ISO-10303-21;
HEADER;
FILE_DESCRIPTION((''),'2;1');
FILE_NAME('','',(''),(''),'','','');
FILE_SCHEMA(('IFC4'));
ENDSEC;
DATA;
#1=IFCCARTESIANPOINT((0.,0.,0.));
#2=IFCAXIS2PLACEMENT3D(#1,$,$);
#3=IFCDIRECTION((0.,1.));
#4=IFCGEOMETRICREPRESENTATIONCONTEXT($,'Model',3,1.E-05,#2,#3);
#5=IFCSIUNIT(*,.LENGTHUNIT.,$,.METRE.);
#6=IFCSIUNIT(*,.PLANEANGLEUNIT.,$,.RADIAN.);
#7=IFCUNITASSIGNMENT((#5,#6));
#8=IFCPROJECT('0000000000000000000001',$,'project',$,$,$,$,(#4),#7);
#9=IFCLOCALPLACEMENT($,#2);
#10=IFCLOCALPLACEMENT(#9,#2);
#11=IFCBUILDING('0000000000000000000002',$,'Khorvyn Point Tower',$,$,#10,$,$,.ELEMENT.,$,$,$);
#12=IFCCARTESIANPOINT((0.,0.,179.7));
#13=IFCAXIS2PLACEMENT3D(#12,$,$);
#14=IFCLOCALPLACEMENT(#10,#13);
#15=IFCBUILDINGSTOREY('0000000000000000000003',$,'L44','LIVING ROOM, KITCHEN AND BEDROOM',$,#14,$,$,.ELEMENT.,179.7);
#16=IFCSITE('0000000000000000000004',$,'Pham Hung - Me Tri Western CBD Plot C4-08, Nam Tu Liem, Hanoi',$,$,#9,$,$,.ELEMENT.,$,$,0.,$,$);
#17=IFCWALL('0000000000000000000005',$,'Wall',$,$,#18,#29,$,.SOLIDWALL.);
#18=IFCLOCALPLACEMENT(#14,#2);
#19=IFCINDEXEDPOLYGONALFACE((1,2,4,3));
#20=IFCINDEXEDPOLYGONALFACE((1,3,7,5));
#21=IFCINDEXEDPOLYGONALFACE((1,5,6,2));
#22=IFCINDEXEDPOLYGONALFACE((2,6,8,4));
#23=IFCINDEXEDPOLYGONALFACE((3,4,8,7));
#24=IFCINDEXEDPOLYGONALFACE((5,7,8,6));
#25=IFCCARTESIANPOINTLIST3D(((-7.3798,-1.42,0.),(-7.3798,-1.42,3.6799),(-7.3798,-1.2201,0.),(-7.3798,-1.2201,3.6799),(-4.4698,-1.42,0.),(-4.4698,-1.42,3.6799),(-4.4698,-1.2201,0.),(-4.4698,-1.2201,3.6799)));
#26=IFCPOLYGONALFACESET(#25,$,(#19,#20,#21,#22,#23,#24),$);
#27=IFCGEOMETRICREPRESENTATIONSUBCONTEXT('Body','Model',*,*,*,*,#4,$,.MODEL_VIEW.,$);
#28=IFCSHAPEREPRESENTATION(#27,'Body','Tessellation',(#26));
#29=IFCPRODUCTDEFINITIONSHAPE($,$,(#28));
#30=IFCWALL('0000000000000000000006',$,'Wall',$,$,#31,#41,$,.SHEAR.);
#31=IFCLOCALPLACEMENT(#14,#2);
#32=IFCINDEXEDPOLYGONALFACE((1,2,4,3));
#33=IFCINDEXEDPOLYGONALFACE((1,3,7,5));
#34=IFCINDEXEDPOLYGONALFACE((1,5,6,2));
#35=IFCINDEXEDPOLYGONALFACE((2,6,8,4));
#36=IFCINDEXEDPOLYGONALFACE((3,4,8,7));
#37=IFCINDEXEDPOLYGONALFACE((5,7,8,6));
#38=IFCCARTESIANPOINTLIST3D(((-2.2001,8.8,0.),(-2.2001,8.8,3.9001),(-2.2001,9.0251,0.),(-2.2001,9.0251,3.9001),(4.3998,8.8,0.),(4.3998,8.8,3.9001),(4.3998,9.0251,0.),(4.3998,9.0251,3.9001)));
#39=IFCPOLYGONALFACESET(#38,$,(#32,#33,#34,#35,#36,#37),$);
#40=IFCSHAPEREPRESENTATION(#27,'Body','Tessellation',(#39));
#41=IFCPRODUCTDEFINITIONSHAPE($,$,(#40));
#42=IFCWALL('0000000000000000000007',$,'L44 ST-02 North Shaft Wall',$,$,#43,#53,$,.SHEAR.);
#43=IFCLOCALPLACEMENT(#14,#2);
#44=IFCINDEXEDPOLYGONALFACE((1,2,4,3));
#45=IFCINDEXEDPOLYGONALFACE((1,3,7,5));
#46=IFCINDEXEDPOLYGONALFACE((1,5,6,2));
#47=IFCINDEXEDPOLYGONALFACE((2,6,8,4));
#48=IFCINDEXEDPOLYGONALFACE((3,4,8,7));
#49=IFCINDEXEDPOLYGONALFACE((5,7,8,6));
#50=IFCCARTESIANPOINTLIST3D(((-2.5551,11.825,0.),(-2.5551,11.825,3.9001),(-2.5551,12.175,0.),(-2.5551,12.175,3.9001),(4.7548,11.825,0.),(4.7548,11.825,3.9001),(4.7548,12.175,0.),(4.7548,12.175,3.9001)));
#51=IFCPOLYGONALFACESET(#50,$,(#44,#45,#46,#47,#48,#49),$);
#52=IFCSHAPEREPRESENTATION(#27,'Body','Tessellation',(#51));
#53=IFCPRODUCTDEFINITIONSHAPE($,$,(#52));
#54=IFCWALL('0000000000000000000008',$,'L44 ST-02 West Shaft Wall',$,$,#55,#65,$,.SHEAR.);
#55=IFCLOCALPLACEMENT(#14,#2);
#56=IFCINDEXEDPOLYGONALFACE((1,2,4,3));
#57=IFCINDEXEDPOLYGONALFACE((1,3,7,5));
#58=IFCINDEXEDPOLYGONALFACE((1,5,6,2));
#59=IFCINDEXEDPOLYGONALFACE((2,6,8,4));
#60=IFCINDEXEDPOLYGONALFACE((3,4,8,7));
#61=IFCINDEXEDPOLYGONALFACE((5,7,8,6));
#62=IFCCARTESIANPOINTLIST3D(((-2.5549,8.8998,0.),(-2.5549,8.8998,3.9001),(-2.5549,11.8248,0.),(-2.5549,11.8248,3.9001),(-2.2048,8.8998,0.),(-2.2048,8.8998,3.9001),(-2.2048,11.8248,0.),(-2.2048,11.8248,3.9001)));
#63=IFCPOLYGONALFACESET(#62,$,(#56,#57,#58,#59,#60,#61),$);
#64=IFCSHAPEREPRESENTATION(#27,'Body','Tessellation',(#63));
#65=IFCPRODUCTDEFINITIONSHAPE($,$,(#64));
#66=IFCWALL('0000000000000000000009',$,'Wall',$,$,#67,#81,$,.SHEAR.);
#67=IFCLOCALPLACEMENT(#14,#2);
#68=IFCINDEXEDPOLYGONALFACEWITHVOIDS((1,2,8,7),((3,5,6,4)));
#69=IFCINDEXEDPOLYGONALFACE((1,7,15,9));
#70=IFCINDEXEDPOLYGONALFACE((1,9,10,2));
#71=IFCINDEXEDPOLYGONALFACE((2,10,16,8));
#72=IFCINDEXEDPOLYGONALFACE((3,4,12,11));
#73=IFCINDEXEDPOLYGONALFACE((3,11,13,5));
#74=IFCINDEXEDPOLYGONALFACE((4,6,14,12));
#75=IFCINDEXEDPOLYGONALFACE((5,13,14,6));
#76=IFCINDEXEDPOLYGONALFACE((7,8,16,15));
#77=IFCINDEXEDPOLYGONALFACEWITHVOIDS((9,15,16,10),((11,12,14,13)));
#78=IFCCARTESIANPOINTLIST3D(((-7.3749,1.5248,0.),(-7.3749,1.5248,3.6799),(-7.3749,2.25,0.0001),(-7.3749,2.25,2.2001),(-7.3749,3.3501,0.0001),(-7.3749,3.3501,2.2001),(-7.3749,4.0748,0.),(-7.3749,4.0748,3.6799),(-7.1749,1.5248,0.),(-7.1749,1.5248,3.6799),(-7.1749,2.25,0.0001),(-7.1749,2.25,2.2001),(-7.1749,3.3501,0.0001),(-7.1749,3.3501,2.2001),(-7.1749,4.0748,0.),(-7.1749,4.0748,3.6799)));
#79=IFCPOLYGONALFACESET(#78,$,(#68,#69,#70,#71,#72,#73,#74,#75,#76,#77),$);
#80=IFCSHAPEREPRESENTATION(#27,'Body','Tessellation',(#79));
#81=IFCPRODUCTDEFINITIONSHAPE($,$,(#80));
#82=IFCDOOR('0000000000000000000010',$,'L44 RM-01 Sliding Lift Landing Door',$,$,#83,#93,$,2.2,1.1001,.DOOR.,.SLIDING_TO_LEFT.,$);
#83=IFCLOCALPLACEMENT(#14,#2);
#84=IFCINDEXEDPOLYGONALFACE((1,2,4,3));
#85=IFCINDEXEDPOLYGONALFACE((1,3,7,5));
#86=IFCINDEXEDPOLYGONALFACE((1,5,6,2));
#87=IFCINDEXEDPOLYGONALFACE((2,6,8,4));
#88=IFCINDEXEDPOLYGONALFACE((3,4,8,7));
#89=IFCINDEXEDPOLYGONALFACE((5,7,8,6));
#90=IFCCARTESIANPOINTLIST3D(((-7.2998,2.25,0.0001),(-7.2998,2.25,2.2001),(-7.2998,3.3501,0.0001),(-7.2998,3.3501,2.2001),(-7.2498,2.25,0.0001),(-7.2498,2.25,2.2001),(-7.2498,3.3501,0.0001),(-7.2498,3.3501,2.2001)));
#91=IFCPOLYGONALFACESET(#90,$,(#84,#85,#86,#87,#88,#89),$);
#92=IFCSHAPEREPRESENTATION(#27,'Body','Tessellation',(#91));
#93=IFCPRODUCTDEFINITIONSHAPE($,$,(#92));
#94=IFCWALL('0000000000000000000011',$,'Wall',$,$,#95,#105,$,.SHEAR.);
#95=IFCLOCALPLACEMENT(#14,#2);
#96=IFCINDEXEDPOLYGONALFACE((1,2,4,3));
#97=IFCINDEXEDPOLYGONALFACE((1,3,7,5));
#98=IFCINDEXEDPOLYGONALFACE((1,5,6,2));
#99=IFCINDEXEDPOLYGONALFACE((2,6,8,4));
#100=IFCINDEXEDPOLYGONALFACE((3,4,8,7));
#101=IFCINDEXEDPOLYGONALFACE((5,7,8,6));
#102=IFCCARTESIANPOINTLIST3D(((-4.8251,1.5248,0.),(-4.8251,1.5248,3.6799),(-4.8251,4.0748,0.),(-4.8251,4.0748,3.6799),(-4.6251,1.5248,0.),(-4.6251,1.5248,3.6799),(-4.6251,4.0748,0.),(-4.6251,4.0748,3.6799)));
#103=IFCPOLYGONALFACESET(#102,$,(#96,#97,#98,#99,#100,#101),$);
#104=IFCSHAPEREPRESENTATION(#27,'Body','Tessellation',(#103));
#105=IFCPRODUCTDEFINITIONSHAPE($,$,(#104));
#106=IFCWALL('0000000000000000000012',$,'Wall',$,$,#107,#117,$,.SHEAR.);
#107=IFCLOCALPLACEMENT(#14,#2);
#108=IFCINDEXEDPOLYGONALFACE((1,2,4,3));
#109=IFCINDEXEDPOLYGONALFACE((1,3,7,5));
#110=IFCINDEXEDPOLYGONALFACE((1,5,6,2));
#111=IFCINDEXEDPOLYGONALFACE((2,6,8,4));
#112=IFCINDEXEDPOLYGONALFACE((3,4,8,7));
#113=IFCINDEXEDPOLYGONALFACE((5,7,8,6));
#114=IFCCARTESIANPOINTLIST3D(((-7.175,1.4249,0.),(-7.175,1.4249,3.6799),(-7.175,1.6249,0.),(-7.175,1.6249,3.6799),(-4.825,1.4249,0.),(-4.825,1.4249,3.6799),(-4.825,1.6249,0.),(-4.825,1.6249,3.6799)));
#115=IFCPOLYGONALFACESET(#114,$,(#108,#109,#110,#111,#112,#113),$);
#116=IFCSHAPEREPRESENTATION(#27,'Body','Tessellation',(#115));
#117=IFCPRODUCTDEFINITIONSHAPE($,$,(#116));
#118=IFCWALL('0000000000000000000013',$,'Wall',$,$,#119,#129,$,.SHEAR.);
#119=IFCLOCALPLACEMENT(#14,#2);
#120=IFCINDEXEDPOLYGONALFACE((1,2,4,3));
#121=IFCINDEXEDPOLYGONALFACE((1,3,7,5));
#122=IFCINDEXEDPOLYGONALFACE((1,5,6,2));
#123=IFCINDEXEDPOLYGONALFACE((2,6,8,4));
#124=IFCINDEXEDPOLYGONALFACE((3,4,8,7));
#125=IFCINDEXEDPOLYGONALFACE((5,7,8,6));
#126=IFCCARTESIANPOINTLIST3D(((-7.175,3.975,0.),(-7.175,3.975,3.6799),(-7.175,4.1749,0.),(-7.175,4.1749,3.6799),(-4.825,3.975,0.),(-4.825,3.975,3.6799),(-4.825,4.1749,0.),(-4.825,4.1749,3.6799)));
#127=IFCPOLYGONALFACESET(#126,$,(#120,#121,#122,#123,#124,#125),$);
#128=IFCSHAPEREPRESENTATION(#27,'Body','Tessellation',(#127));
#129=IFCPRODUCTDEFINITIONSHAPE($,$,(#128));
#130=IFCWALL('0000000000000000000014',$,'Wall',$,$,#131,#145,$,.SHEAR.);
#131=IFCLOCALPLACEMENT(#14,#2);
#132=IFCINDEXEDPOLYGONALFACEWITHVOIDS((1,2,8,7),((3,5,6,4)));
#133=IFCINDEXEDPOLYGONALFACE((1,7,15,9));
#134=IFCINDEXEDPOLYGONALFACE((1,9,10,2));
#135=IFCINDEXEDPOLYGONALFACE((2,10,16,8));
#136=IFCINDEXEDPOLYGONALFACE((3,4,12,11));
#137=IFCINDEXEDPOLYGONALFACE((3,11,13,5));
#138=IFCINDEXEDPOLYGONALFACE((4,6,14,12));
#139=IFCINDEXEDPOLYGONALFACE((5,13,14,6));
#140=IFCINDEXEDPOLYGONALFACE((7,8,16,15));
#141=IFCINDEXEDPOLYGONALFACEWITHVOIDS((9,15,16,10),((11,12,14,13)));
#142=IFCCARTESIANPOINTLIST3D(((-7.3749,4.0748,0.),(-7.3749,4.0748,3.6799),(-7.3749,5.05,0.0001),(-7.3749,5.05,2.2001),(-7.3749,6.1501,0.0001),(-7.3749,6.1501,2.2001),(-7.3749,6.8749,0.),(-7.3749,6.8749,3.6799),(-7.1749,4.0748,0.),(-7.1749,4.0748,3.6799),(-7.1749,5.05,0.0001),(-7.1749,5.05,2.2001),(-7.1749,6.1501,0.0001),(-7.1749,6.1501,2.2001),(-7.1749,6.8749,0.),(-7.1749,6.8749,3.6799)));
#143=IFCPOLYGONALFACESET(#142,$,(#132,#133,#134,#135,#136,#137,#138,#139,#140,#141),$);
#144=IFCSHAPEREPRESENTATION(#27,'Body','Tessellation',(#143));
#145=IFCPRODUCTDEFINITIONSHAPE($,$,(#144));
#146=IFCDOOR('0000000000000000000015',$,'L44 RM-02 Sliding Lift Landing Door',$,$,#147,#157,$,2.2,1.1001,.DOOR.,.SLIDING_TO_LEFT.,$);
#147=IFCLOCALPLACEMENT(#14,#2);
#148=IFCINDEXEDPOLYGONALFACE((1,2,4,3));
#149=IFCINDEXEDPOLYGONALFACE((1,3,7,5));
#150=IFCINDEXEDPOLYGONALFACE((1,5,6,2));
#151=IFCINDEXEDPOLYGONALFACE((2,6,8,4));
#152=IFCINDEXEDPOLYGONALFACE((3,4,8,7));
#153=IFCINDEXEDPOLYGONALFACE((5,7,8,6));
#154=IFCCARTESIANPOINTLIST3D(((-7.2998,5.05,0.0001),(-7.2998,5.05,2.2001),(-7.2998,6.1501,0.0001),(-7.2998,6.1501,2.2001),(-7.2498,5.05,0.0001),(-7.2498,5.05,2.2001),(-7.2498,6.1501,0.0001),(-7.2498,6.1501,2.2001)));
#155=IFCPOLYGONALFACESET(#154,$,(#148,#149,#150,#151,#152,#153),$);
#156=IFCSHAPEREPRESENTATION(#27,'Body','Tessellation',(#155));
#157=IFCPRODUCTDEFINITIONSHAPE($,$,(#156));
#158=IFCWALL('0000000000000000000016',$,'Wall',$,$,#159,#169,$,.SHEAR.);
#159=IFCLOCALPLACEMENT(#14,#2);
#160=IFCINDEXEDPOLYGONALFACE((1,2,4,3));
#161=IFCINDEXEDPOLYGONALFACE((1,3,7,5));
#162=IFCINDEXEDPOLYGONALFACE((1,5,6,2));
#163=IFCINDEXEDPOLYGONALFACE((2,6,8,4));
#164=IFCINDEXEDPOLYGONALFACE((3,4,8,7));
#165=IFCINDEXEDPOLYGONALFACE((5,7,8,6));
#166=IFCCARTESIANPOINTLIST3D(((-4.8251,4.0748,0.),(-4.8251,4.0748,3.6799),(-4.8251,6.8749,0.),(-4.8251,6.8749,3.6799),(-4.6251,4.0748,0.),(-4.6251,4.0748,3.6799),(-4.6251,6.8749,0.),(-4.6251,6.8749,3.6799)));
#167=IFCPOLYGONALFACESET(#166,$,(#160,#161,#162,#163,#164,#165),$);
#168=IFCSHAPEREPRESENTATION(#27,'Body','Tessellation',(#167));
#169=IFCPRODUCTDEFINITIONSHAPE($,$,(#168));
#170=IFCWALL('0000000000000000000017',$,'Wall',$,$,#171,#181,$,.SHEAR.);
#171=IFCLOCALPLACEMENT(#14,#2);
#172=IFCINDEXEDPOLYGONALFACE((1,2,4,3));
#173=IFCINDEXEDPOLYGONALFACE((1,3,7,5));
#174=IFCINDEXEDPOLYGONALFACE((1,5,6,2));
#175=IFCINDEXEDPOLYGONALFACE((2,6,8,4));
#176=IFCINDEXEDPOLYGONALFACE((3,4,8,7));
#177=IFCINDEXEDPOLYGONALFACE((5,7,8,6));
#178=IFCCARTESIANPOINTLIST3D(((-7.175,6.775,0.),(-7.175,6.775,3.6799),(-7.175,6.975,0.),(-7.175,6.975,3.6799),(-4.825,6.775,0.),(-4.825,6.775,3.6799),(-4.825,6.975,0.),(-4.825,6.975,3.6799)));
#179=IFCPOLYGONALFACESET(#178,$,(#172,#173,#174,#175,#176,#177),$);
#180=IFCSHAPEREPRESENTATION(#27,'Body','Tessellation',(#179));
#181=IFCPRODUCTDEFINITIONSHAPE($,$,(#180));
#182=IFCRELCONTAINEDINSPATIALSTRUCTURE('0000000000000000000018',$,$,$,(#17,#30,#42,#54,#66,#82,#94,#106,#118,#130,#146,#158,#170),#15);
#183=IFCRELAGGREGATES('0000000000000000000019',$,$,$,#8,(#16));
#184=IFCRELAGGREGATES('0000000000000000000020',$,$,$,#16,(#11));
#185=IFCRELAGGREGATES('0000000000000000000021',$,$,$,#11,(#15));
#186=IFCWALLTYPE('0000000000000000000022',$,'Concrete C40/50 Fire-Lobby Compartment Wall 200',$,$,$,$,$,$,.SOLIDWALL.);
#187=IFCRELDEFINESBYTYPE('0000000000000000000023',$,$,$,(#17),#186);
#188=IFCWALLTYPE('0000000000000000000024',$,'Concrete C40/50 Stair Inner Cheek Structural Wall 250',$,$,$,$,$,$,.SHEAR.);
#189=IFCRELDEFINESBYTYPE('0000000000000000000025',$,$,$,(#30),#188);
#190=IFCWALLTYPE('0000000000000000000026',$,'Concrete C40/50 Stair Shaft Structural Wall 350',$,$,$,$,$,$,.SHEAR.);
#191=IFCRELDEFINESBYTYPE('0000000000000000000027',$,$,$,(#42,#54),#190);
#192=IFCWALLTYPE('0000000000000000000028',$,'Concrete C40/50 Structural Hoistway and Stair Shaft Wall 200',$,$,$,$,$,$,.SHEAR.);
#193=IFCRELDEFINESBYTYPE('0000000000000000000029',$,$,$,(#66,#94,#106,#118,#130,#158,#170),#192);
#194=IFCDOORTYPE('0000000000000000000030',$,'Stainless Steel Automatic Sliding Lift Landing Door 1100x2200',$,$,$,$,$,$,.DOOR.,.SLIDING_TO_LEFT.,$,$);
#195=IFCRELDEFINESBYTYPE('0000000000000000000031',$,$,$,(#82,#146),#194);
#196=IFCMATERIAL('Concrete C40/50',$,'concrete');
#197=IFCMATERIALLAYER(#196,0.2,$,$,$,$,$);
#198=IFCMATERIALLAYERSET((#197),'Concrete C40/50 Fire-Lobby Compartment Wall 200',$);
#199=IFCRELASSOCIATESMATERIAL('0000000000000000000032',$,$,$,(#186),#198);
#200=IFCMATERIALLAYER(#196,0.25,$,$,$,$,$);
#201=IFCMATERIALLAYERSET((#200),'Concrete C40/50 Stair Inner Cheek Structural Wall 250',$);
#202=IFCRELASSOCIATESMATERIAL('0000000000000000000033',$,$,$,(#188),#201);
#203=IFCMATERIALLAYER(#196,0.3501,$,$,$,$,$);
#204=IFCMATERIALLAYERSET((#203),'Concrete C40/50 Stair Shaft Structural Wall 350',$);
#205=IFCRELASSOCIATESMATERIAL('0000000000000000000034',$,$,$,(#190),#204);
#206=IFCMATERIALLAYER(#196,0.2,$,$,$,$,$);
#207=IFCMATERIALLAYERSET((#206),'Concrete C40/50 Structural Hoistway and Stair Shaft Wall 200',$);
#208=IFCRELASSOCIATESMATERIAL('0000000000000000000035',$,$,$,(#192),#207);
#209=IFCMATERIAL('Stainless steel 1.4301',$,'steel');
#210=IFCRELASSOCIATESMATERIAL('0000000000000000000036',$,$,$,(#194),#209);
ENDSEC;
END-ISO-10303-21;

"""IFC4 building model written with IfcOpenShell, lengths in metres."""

from ifc_helpers import new_model, si_unit, direction, frame, frame_2d, origin, place, context, subcontext, project, spatial, rectangle, extrude, material, layer, layer_set, type_object, element, fill, save


model = new_model("IFC4")

# Units and contexts
model_context = context("Model", 3, precision=1e-05, world=origin(), true_north=direction((0.0, 1.0)))
body_context = subcontext(model_context, "Body", "Model", "MODEL_VIEW")
ifc_project = project(units=[si_unit("LENGTHUNIT", "METRE"), si_unit("PLANEANGLEUNIT", "RADIAN")], contexts=[model_context])

# Site, building, storey
site_placement = place(None, origin())
site = spatial("IfcSite", under=ifc_project, at=site_placement, Name="Pham Hung - Me Tri Western CBD Plot C4-08, Nam Tu Liem, Hanoi", CompositionType="ELEMENT", RefElevation=0.0)
building_placement = place(site_placement, origin())
building = spatial("IfcBuilding", under=site, at=building_placement, Name="Khorvyn Point Tower", CompositionType="ELEMENT")
storey_placement = place(building_placement, frame((0.0, 0.0, 179.7)))
storey = spatial("IfcBuildingStorey", under=building, at=storey_placement, Name="L44", Description="LIVING ROOM, KITCHEN AND BEDROOM", CompositionType="ELEMENT", Elevation=179.7)

# Shared definitions
ifc_material_1 = material(Name="Concrete C40/50", Category="concrete")

# Shared definitions
ifc_layer_1 = layer(ifc_material_1, 0.2)
ifc_layer_set_1 = layer_set([ifc_layer_1], Name="Concrete C40/50 Fire-Lobby Compartment Wall 200")
wall_type_1 = type_object("IfcWallType", Name="Concrete C40/50 Fire-Lobby Compartment Wall 200", PredefinedType="SOLIDWALL", material=ifc_layer_set_1)

# Walls
wall_1_placement = place(storey_placement, frame((-7.3799, -1.3201, 0.0), z_axis=(0.0, 0.0, 1.0), x_axis=(1.0, 0.0, 0.0)))
element("IfcWall", 1, at=wall_1_placement, inside=storey, type_object=wall_type_1, Name="Wall", PredefinedType="SOLIDWALL", context=body_context, shape_type="SweptSolid", body=[
    extrude(rectangle(XDim=2.9099, YDim=0.2, at=frame_2d((1.4551, 0.0))), origin(), (0.0, 0.0, 1.0), 3.6799),
])
ifc_layer_2 = layer(ifc_material_1, 0.25)
ifc_layer_set_2 = layer_set([ifc_layer_2], Name="Concrete C40/50 Stair Inner Cheek Structural Wall 250")
wall_type_2 = type_object("IfcWallType", Name="Concrete C40/50 Stair Inner Cheek Structural Wall 250", PredefinedType="SHEAR", material=ifc_layer_set_2)
wall_2_placement = place(storey_placement, frame((-2.2, 8.9126, 0.0), z_axis=(0.0, 0.0, 1.0), x_axis=(1.0, 0.0, 0.0)))
element("IfcWall", 2, at=wall_2_placement, inside=storey, type_object=wall_type_2, Name="Wall", PredefinedType="SHEAR", context=body_context, shape_type="SweptSolid", body=[
    extrude(rectangle(XDim=6.5999, YDim=0.2251, at=frame_2d((3.2998, 0.0))), origin(), (0.0, 0.0, 1.0), 3.9001),
])
ifc_layer_3 = layer(ifc_material_1, 0.3501)
ifc_layer_set_3 = layer_set([ifc_layer_3], Name="Concrete C40/50 Stair Shaft Structural Wall 350")
wall_type_3 = type_object("IfcWallType", Name="Concrete C40/50 Stair Shaft Structural Wall 350", PredefinedType="SHEAR", material=ifc_layer_set_3)
wall_3_placement = place(storey_placement, frame((-2.5549, 12.0, 0.0), z_axis=(0.0, 0.0, 1.0), x_axis=(1.0, 0.0, 0.0)))
element("IfcWall", 3, at=wall_3_placement, inside=storey, type_object=wall_type_3, Name="L44 ST-02 North Shaft Wall", PredefinedType="SHEAR", context=body_context, shape_type="SweptSolid", body=[
    extrude(rectangle(XDim=7.3098, YDim=0.3501, at=frame_2d((3.6548, 0.0))), origin(), (0.0, 0.0, 1.0), 3.9001),
])
wall_4_placement = place(storey_placement, frame((-2.3799, 8.8999, 0.0), z_axis=(0.0, 0.0, 1.0), x_axis=(0.0, 1.0, 0.0)))
element("IfcWall", 4, at=wall_4_placement, inside=storey, type_object=wall_type_3, Name="L44 ST-02 West Shaft Wall", PredefinedType="SHEAR", context=body_context, shape_type="SweptSolid", body=[
    extrude(rectangle(XDim=2.925, YDim=0.3501, at=frame_2d((1.4624, 0.0))), origin(), (0.0, 0.0, 1.0), 3.9001),
])

# Wall, opening, door
ifc_layer_4 = layer(ifc_material_1, 0.2)
ifc_layer_set_4 = layer_set([ifc_layer_4], Name="Concrete C40/50 Structural Hoistway and Stair Shaft Wall 200")
wall_type_4 = type_object("IfcWallType", Name="Concrete C40/50 Structural Hoistway and Stair Shaft Wall 200", PredefinedType="SHEAR", material=ifc_layer_set_4)
wall_5_placement = place(storey_placement, frame((-7.2749, 1.5249, 0.0), z_axis=(0.0, 0.0, 1.0), x_axis=(0.0, 1.0, 0.0)))
wall_5 = element("IfcWall", 5, at=wall_5_placement, inside=storey, type_object=wall_type_4, Name="Wall", PredefinedType="SHEAR", context=body_context, shape_type="SweptSolid", body=[
    extrude(rectangle(XDim=2.55, YDim=0.2, at=frame_2d((1.2749, 0.0))), origin(), (0.0, 0.0, 1.0), 3.6799),
])
opening_1_placement = place(wall_5_placement, frame((0.7251, 0.0, 0.0)))
opening_1 = element("IfcOpeningElement", 6, at=opening_1_placement, cuts=wall_5, PredefinedType="OPENING", context=body_context, shape_type="SweptSolid", body=[
    extrude(rectangle(XDim=1.1001, YDim=2.2, at=frame_2d((0.55, 1.1001))), frame((0.0, 0.1099, 0.0), z_axis=(0.0, -1.0, 0.0), x_axis=(1.0, 0.0, 0.0)), (0.0, 0.0, 1.0), 0.22),
])
ifc_material_2 = material(Name="Stainless steel 1.4301", Category="steel")
door_type_1 = type_object("IfcDoorType", Name="Stainless Steel Automatic Sliding Lift Landing Door 1100x2200", OperationType="SLIDING_TO_LEFT", PredefinedType="DOOR", material=ifc_material_2)
door_1_placement = place(opening_1_placement, origin())
door_1 = element("IfcDoor", 7, at=door_1_placement, inside=storey, type_object=door_type_1, Name="L44 RM-01 Sliding Lift Landing Door", OperationType="SLIDING_TO_LEFT", OverallHeight=2.2, OverallWidth=1.1001, PredefinedType="DOOR", context=body_context, shape_type="SweptSolid", body=[
    extrude(rectangle(XDim=1.1001, YDim=2.2, at=frame_2d((0.55, 1.1001))), frame((0.0, 0.0249, 0.0), z_axis=(0.0, -1.0, 0.0), x_axis=(1.0, 0.0, 0.0)), (0.0, 0.0, 1.0), 0.05),
])
fill(opening_1, door_1)

# Walls
wall_6_placement = place(storey_placement, frame((-4.7251, 1.5249, 0.0), z_axis=(0.0, 0.0, 1.0), x_axis=(0.0, 1.0, 0.0)))
element("IfcWall", 8, at=wall_6_placement, inside=storey, type_object=wall_type_4, Name="Wall", PredefinedType="SHEAR", context=body_context, shape_type="SweptSolid", body=[
    extrude(rectangle(XDim=2.55, YDim=0.2, at=frame_2d((1.2749, 0.0))), origin(), (0.0, 0.0, 1.0), 3.6799),
])
for number, where, z_axis, x_axis, name in (
    (9, (-7.175, 1.5249, 0.0), (0.0, 0.0, 1.0), (1.0, 0.0, 0.0), "Wall"),
    (10, (-7.175, 4.075, 0.0), (0.0, 0.0, 1.0), (1.0, 0.0, 0.0), "Wall"),
):
    element("IfcWall", number, at=place(storey_placement, frame(where, z_axis=z_axis, x_axis=x_axis)), inside=storey, type_object=wall_type_4, Name=name, PredefinedType="SHEAR", context=body_context, shape_type="SweptSolid", body=[
        extrude(rectangle(XDim=2.3501, YDim=0.2, at=frame_2d((1.175, 0.0))), origin(), (0.0, 0.0, 1.0), 3.6799),
    ])

# Wall, opening, door
wall_7_placement = place(storey_placement, frame((-7.2749, 4.075, 0.0), z_axis=(0.0, 0.0, 1.0), x_axis=(0.0, 1.0, 0.0)))
wall_7 = element("IfcWall", 11, at=wall_7_placement, inside=storey, type_object=wall_type_4, Name="Wall", PredefinedType="SHEAR", context=body_context, shape_type="SweptSolid", body=[
    extrude(rectangle(XDim=2.8, YDim=0.2, at=frame_2d((1.3999, 0.0))), origin(), (0.0, 0.0, 1.0), 3.6799),
])
opening_2_placement = place(wall_7_placement, frame((0.9751, 0.0, 0.0)))
opening_2 = element("IfcOpeningElement", 12, at=opening_2_placement, cuts=wall_7, PredefinedType="OPENING", context=body_context, shape_type="SweptSolid", body=[
    extrude(rectangle(XDim=1.1001, YDim=2.2, at=frame_2d((0.55, 1.1001))), frame((0.0, 0.1099, 0.0), z_axis=(0.0, -1.0, 0.0), x_axis=(1.0, 0.0, 0.0)), (0.0, 0.0, 1.0), 0.22),
])
door_2_placement = place(opening_2_placement, origin())
door_2 = element("IfcDoor", 13, at=door_2_placement, inside=storey, type_object=door_type_1, Name="L44 RM-02 Sliding Lift Landing Door", OperationType="SLIDING_TO_LEFT", OverallHeight=2.2, OverallWidth=1.1001, PredefinedType="DOOR", context=body_context, shape_type="SweptSolid", body=[
    extrude(rectangle(XDim=1.1001, YDim=2.2, at=frame_2d((0.55, 1.1001))), frame((0.0, 0.0249, 0.0), z_axis=(0.0, -1.0, 0.0), x_axis=(1.0, 0.0, 0.0)), (0.0, 0.0, 1.0), 0.05),
])
fill(opening_2, door_2)

# Walls
wall_8_placement = place(storey_placement, frame((-4.7251, 4.075, 0.0), z_axis=(0.0, 0.0, 1.0), x_axis=(0.0, 1.0, 0.0)))
element("IfcWall", 14, at=wall_8_placement, inside=storey, type_object=wall_type_4, Name="Wall", PredefinedType="SHEAR", context=body_context, shape_type="SweptSolid", body=[
    extrude(rectangle(XDim=2.8, YDim=0.2, at=frame_2d((1.3999, 0.0))), origin(), (0.0, 0.0, 1.0), 3.6799),
])
wall_9_placement = place(storey_placement, frame((-7.175, 6.875, 0.0), z_axis=(0.0, 0.0, 1.0), x_axis=(1.0, 0.0, 0.0)))
element("IfcWall", 15, at=wall_9_placement, inside=storey, type_object=wall_type_4, Name="Wall", PredefinedType="SHEAR", context=body_context, shape_type="SweptSolid", body=[
    extrude(rectangle(XDim=2.3501, YDim=0.2, at=frame_2d((1.175, 0.0))), origin(), (0.0, 0.0, 1.0), 3.6799),
])

save(model, "model.ifc")
